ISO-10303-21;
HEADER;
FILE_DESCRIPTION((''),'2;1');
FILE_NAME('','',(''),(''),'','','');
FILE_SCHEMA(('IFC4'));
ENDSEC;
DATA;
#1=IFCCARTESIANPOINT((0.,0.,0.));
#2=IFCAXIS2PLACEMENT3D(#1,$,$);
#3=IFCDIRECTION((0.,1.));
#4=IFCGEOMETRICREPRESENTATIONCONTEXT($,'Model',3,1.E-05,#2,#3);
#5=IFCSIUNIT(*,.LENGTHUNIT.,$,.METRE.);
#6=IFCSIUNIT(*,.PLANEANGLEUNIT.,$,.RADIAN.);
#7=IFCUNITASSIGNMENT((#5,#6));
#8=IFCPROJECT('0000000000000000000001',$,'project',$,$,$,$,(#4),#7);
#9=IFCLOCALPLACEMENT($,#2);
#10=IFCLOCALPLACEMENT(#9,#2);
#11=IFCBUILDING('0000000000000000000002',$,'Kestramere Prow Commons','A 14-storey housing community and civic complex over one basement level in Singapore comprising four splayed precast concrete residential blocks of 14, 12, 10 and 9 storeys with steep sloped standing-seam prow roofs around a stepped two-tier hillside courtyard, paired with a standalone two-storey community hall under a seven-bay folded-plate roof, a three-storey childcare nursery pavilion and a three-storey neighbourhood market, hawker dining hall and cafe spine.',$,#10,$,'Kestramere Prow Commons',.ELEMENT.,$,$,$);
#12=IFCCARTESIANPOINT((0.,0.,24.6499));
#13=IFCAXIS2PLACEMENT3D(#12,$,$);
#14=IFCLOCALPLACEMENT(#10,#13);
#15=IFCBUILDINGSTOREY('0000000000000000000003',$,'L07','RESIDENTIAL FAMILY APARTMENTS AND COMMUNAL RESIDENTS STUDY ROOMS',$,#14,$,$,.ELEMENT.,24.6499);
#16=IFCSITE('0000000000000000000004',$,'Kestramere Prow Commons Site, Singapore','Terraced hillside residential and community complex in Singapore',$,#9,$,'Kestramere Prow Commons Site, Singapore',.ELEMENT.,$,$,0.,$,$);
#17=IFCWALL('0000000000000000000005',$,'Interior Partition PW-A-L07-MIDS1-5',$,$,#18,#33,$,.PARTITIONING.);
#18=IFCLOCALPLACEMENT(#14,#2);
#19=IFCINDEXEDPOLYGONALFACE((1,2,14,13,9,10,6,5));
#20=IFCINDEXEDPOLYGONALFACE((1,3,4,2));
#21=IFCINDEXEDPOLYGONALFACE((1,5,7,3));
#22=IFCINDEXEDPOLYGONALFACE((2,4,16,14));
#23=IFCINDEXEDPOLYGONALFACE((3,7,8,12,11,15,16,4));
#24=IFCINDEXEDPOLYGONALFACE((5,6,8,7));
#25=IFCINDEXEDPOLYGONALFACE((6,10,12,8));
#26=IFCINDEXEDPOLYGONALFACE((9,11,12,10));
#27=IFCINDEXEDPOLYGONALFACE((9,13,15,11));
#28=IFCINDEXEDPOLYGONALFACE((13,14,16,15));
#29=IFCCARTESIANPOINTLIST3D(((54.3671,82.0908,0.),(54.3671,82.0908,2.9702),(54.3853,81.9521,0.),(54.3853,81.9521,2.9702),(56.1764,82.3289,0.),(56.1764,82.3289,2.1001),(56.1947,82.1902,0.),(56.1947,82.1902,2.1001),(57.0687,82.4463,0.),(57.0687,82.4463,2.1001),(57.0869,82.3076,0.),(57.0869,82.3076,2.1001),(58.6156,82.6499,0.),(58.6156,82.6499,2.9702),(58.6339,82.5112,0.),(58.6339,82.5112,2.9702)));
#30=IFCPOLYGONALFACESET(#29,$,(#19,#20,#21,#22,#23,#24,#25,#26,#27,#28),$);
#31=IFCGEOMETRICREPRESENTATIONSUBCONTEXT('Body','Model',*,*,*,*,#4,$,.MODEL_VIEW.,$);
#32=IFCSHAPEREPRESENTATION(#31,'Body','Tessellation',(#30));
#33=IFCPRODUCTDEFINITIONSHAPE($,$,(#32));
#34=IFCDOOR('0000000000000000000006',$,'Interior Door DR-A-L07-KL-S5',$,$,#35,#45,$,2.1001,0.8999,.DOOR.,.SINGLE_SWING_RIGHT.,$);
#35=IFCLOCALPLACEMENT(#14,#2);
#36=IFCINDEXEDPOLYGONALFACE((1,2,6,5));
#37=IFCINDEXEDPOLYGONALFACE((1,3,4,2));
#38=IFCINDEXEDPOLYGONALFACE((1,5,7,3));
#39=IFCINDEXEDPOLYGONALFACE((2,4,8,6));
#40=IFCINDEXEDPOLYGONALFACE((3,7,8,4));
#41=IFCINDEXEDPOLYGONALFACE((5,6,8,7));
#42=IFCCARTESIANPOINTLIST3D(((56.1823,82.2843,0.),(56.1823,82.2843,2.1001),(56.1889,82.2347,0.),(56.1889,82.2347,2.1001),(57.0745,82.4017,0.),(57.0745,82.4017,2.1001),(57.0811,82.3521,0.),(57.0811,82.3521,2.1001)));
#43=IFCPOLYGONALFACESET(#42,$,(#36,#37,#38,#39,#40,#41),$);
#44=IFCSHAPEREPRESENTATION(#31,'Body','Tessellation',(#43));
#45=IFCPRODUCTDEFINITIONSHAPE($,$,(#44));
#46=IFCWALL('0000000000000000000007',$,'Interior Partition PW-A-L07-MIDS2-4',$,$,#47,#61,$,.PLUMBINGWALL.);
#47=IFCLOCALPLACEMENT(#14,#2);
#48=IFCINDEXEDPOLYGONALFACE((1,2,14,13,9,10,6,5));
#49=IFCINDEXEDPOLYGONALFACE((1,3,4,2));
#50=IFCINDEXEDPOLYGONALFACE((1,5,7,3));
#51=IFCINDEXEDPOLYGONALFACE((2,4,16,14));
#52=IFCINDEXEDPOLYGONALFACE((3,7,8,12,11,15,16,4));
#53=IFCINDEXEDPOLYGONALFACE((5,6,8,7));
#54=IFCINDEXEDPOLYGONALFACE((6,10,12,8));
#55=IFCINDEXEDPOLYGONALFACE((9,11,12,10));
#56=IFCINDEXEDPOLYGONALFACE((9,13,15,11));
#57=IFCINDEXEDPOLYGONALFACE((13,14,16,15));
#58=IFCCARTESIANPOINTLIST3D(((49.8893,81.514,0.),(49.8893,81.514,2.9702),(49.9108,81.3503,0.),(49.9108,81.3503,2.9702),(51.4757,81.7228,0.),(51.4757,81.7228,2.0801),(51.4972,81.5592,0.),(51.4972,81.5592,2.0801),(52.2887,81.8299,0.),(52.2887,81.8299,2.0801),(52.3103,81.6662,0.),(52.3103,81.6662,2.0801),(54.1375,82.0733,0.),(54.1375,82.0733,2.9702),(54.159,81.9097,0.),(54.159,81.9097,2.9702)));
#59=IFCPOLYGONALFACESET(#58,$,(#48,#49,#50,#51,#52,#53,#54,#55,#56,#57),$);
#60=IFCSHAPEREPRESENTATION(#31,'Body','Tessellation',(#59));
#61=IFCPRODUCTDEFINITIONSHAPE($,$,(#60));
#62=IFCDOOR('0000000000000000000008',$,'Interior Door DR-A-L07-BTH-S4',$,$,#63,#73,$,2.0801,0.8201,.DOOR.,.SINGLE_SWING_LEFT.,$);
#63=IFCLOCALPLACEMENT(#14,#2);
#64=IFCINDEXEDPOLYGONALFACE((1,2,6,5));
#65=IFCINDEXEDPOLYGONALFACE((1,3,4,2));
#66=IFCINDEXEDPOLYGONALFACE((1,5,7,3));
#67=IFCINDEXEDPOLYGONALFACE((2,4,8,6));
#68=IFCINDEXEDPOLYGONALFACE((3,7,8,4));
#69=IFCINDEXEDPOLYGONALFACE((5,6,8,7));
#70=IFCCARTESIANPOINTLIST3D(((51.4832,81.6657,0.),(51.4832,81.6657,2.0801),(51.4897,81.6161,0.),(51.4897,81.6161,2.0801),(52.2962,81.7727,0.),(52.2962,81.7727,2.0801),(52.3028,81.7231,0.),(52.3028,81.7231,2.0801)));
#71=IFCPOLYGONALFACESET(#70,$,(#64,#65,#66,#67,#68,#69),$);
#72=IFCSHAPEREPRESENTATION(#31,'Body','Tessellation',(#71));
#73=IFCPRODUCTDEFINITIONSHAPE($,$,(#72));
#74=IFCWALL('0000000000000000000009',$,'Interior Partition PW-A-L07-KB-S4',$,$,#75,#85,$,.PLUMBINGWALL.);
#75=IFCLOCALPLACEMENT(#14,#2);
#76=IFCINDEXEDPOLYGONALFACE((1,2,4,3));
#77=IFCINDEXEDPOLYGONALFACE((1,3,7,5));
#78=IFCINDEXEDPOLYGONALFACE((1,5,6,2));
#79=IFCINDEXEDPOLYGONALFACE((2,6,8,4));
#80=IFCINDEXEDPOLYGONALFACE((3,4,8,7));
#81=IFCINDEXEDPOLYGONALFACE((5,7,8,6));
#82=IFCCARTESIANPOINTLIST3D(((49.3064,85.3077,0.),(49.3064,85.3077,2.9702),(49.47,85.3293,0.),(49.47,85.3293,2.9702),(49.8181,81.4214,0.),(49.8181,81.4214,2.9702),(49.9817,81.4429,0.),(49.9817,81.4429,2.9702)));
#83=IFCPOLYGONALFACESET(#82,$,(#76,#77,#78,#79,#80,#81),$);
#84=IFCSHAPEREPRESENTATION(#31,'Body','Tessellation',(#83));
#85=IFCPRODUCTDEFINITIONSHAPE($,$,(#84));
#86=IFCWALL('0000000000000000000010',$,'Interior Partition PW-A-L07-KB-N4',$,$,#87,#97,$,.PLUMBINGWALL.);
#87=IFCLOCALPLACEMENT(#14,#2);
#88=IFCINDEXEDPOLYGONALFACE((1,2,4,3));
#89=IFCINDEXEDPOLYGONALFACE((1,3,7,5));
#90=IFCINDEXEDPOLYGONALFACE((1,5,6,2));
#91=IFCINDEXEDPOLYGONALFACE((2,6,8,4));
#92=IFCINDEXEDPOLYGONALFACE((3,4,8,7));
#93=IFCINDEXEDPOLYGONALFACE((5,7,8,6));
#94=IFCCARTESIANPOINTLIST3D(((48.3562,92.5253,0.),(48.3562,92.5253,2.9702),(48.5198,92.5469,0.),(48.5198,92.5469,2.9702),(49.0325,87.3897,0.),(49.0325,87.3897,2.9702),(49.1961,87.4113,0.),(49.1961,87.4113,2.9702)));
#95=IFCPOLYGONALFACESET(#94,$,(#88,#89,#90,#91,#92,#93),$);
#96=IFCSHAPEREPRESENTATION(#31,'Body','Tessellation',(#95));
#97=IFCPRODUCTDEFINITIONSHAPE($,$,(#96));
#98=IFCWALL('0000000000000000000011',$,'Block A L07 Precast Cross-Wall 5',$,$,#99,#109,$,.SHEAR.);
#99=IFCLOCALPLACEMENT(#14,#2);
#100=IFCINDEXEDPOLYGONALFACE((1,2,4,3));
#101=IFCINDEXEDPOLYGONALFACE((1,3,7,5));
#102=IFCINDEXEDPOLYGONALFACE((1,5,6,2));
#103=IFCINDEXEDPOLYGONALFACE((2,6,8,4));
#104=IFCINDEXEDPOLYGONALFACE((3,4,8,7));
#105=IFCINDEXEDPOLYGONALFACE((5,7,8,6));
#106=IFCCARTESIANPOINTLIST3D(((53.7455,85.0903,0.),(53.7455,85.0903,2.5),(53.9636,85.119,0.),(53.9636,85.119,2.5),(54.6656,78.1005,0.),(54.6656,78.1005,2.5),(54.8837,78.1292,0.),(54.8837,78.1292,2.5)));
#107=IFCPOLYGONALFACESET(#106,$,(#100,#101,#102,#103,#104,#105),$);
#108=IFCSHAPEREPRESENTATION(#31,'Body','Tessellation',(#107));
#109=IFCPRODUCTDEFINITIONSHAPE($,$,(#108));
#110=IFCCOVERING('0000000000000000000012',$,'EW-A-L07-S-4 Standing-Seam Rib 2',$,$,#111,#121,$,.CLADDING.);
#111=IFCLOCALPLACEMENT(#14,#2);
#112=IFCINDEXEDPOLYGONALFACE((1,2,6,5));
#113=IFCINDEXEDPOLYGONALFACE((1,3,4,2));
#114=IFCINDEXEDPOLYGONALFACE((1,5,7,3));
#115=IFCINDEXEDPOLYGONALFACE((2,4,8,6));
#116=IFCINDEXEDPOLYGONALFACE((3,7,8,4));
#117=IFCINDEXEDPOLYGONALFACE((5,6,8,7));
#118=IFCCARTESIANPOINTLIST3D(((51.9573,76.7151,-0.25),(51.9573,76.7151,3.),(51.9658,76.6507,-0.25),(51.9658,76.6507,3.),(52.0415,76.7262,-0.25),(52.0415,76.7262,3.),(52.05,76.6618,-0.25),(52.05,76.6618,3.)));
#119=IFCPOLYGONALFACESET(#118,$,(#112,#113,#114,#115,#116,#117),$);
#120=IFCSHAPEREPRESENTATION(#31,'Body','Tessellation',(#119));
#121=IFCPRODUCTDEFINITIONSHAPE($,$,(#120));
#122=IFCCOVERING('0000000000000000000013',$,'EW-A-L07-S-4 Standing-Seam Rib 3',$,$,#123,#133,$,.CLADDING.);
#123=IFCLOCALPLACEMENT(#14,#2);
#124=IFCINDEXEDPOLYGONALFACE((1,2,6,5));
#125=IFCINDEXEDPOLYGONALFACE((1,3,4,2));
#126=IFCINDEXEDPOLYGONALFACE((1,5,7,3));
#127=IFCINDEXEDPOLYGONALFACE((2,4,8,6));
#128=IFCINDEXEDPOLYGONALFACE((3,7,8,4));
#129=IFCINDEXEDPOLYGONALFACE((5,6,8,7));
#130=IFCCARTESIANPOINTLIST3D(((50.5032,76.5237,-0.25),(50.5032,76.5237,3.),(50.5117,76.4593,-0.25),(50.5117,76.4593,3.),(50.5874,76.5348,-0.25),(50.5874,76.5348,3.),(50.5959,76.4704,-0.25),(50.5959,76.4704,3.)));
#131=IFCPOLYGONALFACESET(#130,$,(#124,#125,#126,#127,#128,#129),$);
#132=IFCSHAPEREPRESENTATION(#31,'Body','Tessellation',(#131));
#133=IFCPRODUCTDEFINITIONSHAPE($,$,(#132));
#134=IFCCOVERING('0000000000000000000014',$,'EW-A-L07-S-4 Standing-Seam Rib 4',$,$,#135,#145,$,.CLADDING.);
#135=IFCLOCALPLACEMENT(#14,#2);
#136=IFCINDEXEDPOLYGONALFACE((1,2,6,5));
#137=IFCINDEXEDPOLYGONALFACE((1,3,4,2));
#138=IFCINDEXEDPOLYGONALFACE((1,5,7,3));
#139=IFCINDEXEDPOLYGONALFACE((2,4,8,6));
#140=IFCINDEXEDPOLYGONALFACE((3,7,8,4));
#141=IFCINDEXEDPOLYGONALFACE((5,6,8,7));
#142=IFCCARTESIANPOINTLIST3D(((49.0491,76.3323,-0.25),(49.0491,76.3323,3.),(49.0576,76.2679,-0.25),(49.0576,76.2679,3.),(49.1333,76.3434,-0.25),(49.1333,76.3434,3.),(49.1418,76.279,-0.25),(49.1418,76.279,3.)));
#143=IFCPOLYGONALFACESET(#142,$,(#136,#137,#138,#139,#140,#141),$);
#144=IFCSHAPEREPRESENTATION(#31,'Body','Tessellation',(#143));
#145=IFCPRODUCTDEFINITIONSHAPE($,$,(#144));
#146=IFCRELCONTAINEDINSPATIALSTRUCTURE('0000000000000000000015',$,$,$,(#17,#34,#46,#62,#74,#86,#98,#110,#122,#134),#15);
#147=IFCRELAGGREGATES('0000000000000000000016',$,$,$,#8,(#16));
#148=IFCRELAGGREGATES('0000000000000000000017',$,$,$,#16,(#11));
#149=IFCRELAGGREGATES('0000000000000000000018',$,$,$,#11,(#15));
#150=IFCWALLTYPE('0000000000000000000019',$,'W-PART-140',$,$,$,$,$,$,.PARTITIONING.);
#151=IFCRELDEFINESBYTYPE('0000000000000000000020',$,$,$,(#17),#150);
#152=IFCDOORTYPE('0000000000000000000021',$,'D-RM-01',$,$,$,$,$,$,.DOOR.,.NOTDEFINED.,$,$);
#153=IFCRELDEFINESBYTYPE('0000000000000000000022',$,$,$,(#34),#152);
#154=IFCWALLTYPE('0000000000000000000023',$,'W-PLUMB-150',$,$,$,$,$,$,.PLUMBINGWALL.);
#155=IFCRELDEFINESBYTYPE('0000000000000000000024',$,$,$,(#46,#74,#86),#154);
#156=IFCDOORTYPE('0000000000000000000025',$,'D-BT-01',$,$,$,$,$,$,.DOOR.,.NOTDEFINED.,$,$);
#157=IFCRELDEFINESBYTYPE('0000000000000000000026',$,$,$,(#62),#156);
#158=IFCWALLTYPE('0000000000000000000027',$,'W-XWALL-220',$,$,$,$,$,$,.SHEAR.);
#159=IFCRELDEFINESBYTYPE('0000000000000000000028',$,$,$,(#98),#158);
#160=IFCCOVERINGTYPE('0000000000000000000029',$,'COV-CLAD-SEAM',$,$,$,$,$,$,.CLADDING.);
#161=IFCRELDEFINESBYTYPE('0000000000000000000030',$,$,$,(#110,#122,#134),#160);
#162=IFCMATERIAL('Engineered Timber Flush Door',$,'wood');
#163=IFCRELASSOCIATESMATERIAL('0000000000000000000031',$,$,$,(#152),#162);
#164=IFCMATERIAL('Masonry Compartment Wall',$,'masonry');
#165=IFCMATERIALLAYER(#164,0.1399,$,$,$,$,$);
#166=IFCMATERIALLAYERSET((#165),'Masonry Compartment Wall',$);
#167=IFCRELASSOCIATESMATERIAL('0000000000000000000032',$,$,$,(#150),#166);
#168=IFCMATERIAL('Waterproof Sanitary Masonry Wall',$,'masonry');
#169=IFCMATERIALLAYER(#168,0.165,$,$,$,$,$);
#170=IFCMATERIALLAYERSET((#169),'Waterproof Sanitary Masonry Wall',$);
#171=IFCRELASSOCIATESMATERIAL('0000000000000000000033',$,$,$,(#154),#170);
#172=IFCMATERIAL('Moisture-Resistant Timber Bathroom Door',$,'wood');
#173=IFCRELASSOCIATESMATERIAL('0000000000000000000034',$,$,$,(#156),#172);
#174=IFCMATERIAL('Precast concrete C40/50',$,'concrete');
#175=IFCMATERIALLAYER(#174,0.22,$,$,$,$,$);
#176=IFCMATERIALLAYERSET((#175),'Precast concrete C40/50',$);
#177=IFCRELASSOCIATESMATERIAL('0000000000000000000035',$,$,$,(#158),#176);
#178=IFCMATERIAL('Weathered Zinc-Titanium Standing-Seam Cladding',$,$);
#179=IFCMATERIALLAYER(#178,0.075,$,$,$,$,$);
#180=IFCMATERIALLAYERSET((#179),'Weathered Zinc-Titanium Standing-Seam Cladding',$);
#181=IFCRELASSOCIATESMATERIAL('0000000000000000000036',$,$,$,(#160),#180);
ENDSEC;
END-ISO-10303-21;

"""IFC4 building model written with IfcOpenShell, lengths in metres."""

from ifc_helpers import new_model, si_unit, direction, frame, frame_2d, origin, origin_2d, place, context, subcontext, project, spatial, rectangle, extrude, material, layer, layer_set, type_object, element, fill, save


model = new_model("IFC4")

# Units and contexts
model_context = context("Model", 3, precision=1e-05, world=origin(), true_north=direction((0.0, 1.0)))
body_context = subcontext(model_context, "Body", "Model", "MODEL_VIEW")
ifc_project = project(units=[si_unit("LENGTHUNIT", "METRE"), si_unit("PLANEANGLEUNIT", "RADIAN")], contexts=[model_context])

# Site, building, storey
site_placement = place(None, origin())
site = spatial("IfcSite", under=ifc_project, at=site_placement, Name="Kestramere Prow Commons Site, Singapore", Description="Terraced hillside residential and community complex in Singapore", LongName="Kestramere Prow Commons Site, Singapore", CompositionType="ELEMENT", RefElevation=0.0)
building_placement = place(site_placement, origin())
building = spatial("IfcBuilding", under=site, at=building_placement, Name="Kestramere Prow Commons", Description="A 14-storey housing community and civic complex over one basement level in Singapore comprising four splayed precast concrete residential blocks of 14, 12, 10 and 9 storeys with steep sloped standing-seam prow roofs around a stepped two-tier hillside courtyard, paired with a standalone two-storey community hall under a seven-bay folded-plate roof, a three-storey childcare nursery pavilion and a three-storey neighbourhood market, hawker dining hall and cafe spine.", LongName="Kestramere Prow Commons", CompositionType="ELEMENT")
storey_placement = place(building_placement, frame((0.0, 0.0, 24.6499)))
storey = spatial("IfcBuildingStorey", under=building, at=storey_placement, Name="L07", Description="RESIDENTIAL FAMILY APARTMENTS AND COMMUNAL RESIDENTS STUDY ROOMS", CompositionType="ELEMENT", Elevation=24.6499)

# Shared definitions
ifc_material_1 = material(Name="Precast concrete C40/50", Category="concrete")

# Walls, openings, doors
ifc_material_2 = material(Name="Engineered Timber Flush Door", Category="wood")
door_type_1 = type_object("IfcDoorType", Name="D-RM-01", OperationType="NOTDEFINED", PredefinedType="DOOR", material=ifc_material_2)
ifc_material_3 = material(Name="Masonry Compartment Wall", Category="masonry")
ifc_layer_1 = layer(ifc_material_3, 0.1399)
ifc_layer_set_1 = layer_set([ifc_layer_1], Name="Masonry Compartment Wall")
wall_type_1 = type_object("IfcWallType", Name="W-PART-140", PredefinedType="PARTITIONING", material=ifc_layer_set_1)
wall_1_placement = place(storey_placement, frame((54.3762, 82.0215, 0.0), z_axis=(0.0, 0.0, 1.0), x_axis=(0.991452, 0.130469, 0.0)))
wall_1 = element("IfcWall", 1, at=wall_1_placement, inside=storey, type_object=wall_type_1, Name="Interior Partition PW-A-L07-MIDS1-5", PredefinedType="PARTITIONING", context=body_context, shape_type="SweptSolid", body=[
    extrude(rectangle(XDim=4.2852, YDim=0.1399, at=frame_2d((2.1426, 0.0))), origin(), (0.0, 0.0, 1.0), 2.9702),
])
opening_1_placement = place(wall_1_placement, frame((1.825, 0.0, 0.0)))
opening_1 = element("IfcOpeningElement", 2, at=opening_1_placement, cuts=wall_1, PredefinedType="OPENING", context=body_context, shape_type="SweptSolid", body=[
    extrude(rectangle(XDim=0.8999, YDim=2.1001, at=frame_2d((0.45, 1.05))), frame((0.0, 0.085, 0.0), z_axis=(0.0, -1.0, 0.0), x_axis=(1.0, 0.0, 0.0)), (0.0, 0.0, 1.0), 0.1699),
])
door_1_placement = place(opening_1_placement, origin())
door_1 = element("IfcDoor", 3, at=door_1_placement, inside=storey, type_object=door_type_1, Name="Interior Door DR-A-L07-KL-S5", OperationType="SINGLE_SWING_RIGHT", OverallHeight=2.1001, OverallWidth=0.8999, PredefinedType="DOOR", context=body_context, shape_type="SweptSolid", body=[
    extrude(rectangle(XDim=0.8999, YDim=2.1001, at=frame_2d((0.45, 1.05))), frame((0.0, 0.0249, 0.0), z_axis=(0.0, -1.0, 0.0), x_axis=(1.0, 0.0, 0.0)), (0.0, 0.0, 1.0), 0.05),
])
fill(opening_1, door_1)
ifc_material_4 = material(Name="Waterproof Sanitary Masonry Wall", Category="masonry")
ifc_layer_2 = layer(ifc_material_4, 0.165)
ifc_layer_set_2 = layer_set([ifc_layer_2], Name="Waterproof Sanitary Masonry Wall")
wall_type_2 = type_object("IfcWallType", Name="W-PLUMB-150", PredefinedType="PLUMBINGWALL", material=ifc_layer_set_2)
wall_2_placement = place(storey_placement, frame((49.8999, 81.4321, 0.0), z_axis=(0.0, 0.0, 1.0), x_axis=(0.991444, 0.130533, 0.0)))
wall_2 = element("IfcWall", 4, at=wall_2_placement, inside=storey, type_object=wall_type_2, Name="Interior Partition PW-A-L07-MIDS2-4", PredefinedType="PLUMBINGWALL", context=body_context, shape_type="SweptSolid", body=[
    extrude(rectangle(XDim=4.2849, YDim=0.165, at=frame_2d((2.1426, 0.0))), origin(), (0.0, 0.0, 1.0), 2.9702),
])
opening_2_placement = place(wall_2_placement, frame((1.6001, 0.0, 0.0)))
opening_2 = element("IfcOpeningElement", 5, at=opening_2_placement, cuts=wall_2, PredefinedType="OPENING", context=body_context, shape_type="SweptSolid", body=[
    extrude(rectangle(XDim=0.8201, YDim=2.0801, at=frame_2d((0.4102, 1.04))), frame((0.0, 0.0974, 0.0), z_axis=(0.0, -1.0, 0.0), x_axis=(1.0, 0.0, 0.0)), (0.0, 0.0, 1.0), 0.1951),
])
ifc_material_5 = material(Name="Moisture-Resistant Timber Bathroom Door", Category="wood")
door_type_2 = type_object("IfcDoorType", Name="D-BT-01", OperationType="NOTDEFINED", PredefinedType="DOOR", material=ifc_material_5)
door_2_placement = place(opening_2_placement, origin())
door_2 = element("IfcDoor", 6, at=door_2_placement, inside=storey, type_object=door_type_2, Name="Interior Door DR-A-L07-BTH-S4", OperationType="SINGLE_SWING_LEFT", OverallHeight=2.0801, OverallWidth=0.8201, PredefinedType="DOOR", context=body_context, shape_type="SweptSolid", body=[
    extrude(rectangle(XDim=0.8201, YDim=2.0801, at=frame_2d((0.4102, 1.04))), frame((0.0, 0.0249, 0.0), z_axis=(0.0, -1.0, 0.0), x_axis=(1.0, 0.0, 0.0)), (0.0, 0.0, 1.0), 0.05),
])
fill(opening_2, door_2)

# Walls
wall_3_placement = place(storey_placement, frame((49.8999, 81.4321, 0.0), z_axis=(0.0, 0.0, 1.0), x_axis=(-0.13054, 0.991443, 0.0)))
element("IfcWall", 7, at=wall_3_placement, inside=storey, type_object=wall_type_2, Name="Interior Partition PW-A-L07-KB-S4", PredefinedType="PLUMBINGWALL", context=body_context, shape_type="SweptSolid", body=[
    extrude(rectangle(XDim=3.9199, YDim=0.165, at=frame_2d((1.96, 0.0))), origin(), (0.0, 0.0, 1.0), 2.9702),
])
wall_4_placement = place(storey_placement, frame((49.1143, 87.4006, 0.0), z_axis=(0.0, 0.0, 1.0), x_axis=(-0.130558, 0.991441, 0.0)))
element("IfcWall", 8, at=wall_4_placement, inside=storey, type_object=wall_type_2, Name="Interior Partition PW-A-L07-KB-N4", PredefinedType="PLUMBINGWALL", context=body_context, shape_type="SweptSolid", body=[
    extrude(rectangle(XDim=5.1799, YDim=0.165, at=frame_2d((2.5898, 0.0))), origin(), (0.0, 0.0, 1.0), 2.9702),
])
ifc_layer_3 = layer(ifc_material_1, 0.22)
ifc_layer_set_3 = layer_set([ifc_layer_3], Name="Precast concrete C40/50")
wall_type_3 = type_object("IfcWallType", Name="W-XWALL-220", PredefinedType="SHEAR", material=ifc_layer_set_3)
wall_5_placement = place(storey_placement, frame((54.7747, 78.115, 0.0), z_axis=(0.0, 0.0, 1.0), x_axis=(-0.130519, 0.991446, 0.0)))
element("IfcWall", 9, at=wall_5_placement, inside=storey, type_object=wall_type_3, Name="Block A L07 Precast Cross-Wall 5", PredefinedType="SHEAR", context=body_context, shape_type="SweptSolid", body=[
    extrude(rectangle(XDim=7.05, YDim=0.22, at=frame_2d((3.5249, 0.0))), origin(), (0.0, 0.0, 1.0), 2.5),
])

# Coverings
ifc_material_6 = material(Name="Weathered Zinc-Titanium Standing-Seam Cladding")
ifc_layer_4 = layer(ifc_material_6, 0.075)
ifc_layer_set_4 = layer_set([ifc_layer_4], Name="Weathered Zinc-Titanium Standing-Seam Cladding")
covering_type = type_object("IfcCoveringType", Name="COV-CLAD-SEAM", PredefinedType="CLADDING", material=ifc_layer_set_4)
for number, where, z_axis, x_axis, name in (
    (10, (52.0037, 76.6885, -0.25), (0.0, 0.0, 1.0), (-0.991445, -0.130526, 0.0), "EW-A-L07-S-4 Standing-Seam Rib 2"),
    (11, (50.5496, 76.4971, -0.25), (0.0, 0.0, 1.0), (-0.991445, -0.130526, 0.0), "EW-A-L07-S-4 Standing-Seam Rib 3"),
    (12, (49.0955, 76.3057, -0.25), (0.0, 0.0, 1.0), (-0.991445, -0.130526, 0.0), "EW-A-L07-S-4 Standing-Seam Rib 4"),
):
    element("IfcCovering", number, at=place(storey_placement, frame(where, z_axis=z_axis, x_axis=x_axis)), inside=storey, type_object=covering_type, Name=name, PredefinedType="CLADDING", context=body_context, shape_type="SweptSolid", body=[
        extrude(rectangle(XDim=0.085, YDim=0.0649, at=origin_2d()), origin(), (0.0, 0.0, 1.0), 3.25),
    ])

save(model, "model.ifc")
